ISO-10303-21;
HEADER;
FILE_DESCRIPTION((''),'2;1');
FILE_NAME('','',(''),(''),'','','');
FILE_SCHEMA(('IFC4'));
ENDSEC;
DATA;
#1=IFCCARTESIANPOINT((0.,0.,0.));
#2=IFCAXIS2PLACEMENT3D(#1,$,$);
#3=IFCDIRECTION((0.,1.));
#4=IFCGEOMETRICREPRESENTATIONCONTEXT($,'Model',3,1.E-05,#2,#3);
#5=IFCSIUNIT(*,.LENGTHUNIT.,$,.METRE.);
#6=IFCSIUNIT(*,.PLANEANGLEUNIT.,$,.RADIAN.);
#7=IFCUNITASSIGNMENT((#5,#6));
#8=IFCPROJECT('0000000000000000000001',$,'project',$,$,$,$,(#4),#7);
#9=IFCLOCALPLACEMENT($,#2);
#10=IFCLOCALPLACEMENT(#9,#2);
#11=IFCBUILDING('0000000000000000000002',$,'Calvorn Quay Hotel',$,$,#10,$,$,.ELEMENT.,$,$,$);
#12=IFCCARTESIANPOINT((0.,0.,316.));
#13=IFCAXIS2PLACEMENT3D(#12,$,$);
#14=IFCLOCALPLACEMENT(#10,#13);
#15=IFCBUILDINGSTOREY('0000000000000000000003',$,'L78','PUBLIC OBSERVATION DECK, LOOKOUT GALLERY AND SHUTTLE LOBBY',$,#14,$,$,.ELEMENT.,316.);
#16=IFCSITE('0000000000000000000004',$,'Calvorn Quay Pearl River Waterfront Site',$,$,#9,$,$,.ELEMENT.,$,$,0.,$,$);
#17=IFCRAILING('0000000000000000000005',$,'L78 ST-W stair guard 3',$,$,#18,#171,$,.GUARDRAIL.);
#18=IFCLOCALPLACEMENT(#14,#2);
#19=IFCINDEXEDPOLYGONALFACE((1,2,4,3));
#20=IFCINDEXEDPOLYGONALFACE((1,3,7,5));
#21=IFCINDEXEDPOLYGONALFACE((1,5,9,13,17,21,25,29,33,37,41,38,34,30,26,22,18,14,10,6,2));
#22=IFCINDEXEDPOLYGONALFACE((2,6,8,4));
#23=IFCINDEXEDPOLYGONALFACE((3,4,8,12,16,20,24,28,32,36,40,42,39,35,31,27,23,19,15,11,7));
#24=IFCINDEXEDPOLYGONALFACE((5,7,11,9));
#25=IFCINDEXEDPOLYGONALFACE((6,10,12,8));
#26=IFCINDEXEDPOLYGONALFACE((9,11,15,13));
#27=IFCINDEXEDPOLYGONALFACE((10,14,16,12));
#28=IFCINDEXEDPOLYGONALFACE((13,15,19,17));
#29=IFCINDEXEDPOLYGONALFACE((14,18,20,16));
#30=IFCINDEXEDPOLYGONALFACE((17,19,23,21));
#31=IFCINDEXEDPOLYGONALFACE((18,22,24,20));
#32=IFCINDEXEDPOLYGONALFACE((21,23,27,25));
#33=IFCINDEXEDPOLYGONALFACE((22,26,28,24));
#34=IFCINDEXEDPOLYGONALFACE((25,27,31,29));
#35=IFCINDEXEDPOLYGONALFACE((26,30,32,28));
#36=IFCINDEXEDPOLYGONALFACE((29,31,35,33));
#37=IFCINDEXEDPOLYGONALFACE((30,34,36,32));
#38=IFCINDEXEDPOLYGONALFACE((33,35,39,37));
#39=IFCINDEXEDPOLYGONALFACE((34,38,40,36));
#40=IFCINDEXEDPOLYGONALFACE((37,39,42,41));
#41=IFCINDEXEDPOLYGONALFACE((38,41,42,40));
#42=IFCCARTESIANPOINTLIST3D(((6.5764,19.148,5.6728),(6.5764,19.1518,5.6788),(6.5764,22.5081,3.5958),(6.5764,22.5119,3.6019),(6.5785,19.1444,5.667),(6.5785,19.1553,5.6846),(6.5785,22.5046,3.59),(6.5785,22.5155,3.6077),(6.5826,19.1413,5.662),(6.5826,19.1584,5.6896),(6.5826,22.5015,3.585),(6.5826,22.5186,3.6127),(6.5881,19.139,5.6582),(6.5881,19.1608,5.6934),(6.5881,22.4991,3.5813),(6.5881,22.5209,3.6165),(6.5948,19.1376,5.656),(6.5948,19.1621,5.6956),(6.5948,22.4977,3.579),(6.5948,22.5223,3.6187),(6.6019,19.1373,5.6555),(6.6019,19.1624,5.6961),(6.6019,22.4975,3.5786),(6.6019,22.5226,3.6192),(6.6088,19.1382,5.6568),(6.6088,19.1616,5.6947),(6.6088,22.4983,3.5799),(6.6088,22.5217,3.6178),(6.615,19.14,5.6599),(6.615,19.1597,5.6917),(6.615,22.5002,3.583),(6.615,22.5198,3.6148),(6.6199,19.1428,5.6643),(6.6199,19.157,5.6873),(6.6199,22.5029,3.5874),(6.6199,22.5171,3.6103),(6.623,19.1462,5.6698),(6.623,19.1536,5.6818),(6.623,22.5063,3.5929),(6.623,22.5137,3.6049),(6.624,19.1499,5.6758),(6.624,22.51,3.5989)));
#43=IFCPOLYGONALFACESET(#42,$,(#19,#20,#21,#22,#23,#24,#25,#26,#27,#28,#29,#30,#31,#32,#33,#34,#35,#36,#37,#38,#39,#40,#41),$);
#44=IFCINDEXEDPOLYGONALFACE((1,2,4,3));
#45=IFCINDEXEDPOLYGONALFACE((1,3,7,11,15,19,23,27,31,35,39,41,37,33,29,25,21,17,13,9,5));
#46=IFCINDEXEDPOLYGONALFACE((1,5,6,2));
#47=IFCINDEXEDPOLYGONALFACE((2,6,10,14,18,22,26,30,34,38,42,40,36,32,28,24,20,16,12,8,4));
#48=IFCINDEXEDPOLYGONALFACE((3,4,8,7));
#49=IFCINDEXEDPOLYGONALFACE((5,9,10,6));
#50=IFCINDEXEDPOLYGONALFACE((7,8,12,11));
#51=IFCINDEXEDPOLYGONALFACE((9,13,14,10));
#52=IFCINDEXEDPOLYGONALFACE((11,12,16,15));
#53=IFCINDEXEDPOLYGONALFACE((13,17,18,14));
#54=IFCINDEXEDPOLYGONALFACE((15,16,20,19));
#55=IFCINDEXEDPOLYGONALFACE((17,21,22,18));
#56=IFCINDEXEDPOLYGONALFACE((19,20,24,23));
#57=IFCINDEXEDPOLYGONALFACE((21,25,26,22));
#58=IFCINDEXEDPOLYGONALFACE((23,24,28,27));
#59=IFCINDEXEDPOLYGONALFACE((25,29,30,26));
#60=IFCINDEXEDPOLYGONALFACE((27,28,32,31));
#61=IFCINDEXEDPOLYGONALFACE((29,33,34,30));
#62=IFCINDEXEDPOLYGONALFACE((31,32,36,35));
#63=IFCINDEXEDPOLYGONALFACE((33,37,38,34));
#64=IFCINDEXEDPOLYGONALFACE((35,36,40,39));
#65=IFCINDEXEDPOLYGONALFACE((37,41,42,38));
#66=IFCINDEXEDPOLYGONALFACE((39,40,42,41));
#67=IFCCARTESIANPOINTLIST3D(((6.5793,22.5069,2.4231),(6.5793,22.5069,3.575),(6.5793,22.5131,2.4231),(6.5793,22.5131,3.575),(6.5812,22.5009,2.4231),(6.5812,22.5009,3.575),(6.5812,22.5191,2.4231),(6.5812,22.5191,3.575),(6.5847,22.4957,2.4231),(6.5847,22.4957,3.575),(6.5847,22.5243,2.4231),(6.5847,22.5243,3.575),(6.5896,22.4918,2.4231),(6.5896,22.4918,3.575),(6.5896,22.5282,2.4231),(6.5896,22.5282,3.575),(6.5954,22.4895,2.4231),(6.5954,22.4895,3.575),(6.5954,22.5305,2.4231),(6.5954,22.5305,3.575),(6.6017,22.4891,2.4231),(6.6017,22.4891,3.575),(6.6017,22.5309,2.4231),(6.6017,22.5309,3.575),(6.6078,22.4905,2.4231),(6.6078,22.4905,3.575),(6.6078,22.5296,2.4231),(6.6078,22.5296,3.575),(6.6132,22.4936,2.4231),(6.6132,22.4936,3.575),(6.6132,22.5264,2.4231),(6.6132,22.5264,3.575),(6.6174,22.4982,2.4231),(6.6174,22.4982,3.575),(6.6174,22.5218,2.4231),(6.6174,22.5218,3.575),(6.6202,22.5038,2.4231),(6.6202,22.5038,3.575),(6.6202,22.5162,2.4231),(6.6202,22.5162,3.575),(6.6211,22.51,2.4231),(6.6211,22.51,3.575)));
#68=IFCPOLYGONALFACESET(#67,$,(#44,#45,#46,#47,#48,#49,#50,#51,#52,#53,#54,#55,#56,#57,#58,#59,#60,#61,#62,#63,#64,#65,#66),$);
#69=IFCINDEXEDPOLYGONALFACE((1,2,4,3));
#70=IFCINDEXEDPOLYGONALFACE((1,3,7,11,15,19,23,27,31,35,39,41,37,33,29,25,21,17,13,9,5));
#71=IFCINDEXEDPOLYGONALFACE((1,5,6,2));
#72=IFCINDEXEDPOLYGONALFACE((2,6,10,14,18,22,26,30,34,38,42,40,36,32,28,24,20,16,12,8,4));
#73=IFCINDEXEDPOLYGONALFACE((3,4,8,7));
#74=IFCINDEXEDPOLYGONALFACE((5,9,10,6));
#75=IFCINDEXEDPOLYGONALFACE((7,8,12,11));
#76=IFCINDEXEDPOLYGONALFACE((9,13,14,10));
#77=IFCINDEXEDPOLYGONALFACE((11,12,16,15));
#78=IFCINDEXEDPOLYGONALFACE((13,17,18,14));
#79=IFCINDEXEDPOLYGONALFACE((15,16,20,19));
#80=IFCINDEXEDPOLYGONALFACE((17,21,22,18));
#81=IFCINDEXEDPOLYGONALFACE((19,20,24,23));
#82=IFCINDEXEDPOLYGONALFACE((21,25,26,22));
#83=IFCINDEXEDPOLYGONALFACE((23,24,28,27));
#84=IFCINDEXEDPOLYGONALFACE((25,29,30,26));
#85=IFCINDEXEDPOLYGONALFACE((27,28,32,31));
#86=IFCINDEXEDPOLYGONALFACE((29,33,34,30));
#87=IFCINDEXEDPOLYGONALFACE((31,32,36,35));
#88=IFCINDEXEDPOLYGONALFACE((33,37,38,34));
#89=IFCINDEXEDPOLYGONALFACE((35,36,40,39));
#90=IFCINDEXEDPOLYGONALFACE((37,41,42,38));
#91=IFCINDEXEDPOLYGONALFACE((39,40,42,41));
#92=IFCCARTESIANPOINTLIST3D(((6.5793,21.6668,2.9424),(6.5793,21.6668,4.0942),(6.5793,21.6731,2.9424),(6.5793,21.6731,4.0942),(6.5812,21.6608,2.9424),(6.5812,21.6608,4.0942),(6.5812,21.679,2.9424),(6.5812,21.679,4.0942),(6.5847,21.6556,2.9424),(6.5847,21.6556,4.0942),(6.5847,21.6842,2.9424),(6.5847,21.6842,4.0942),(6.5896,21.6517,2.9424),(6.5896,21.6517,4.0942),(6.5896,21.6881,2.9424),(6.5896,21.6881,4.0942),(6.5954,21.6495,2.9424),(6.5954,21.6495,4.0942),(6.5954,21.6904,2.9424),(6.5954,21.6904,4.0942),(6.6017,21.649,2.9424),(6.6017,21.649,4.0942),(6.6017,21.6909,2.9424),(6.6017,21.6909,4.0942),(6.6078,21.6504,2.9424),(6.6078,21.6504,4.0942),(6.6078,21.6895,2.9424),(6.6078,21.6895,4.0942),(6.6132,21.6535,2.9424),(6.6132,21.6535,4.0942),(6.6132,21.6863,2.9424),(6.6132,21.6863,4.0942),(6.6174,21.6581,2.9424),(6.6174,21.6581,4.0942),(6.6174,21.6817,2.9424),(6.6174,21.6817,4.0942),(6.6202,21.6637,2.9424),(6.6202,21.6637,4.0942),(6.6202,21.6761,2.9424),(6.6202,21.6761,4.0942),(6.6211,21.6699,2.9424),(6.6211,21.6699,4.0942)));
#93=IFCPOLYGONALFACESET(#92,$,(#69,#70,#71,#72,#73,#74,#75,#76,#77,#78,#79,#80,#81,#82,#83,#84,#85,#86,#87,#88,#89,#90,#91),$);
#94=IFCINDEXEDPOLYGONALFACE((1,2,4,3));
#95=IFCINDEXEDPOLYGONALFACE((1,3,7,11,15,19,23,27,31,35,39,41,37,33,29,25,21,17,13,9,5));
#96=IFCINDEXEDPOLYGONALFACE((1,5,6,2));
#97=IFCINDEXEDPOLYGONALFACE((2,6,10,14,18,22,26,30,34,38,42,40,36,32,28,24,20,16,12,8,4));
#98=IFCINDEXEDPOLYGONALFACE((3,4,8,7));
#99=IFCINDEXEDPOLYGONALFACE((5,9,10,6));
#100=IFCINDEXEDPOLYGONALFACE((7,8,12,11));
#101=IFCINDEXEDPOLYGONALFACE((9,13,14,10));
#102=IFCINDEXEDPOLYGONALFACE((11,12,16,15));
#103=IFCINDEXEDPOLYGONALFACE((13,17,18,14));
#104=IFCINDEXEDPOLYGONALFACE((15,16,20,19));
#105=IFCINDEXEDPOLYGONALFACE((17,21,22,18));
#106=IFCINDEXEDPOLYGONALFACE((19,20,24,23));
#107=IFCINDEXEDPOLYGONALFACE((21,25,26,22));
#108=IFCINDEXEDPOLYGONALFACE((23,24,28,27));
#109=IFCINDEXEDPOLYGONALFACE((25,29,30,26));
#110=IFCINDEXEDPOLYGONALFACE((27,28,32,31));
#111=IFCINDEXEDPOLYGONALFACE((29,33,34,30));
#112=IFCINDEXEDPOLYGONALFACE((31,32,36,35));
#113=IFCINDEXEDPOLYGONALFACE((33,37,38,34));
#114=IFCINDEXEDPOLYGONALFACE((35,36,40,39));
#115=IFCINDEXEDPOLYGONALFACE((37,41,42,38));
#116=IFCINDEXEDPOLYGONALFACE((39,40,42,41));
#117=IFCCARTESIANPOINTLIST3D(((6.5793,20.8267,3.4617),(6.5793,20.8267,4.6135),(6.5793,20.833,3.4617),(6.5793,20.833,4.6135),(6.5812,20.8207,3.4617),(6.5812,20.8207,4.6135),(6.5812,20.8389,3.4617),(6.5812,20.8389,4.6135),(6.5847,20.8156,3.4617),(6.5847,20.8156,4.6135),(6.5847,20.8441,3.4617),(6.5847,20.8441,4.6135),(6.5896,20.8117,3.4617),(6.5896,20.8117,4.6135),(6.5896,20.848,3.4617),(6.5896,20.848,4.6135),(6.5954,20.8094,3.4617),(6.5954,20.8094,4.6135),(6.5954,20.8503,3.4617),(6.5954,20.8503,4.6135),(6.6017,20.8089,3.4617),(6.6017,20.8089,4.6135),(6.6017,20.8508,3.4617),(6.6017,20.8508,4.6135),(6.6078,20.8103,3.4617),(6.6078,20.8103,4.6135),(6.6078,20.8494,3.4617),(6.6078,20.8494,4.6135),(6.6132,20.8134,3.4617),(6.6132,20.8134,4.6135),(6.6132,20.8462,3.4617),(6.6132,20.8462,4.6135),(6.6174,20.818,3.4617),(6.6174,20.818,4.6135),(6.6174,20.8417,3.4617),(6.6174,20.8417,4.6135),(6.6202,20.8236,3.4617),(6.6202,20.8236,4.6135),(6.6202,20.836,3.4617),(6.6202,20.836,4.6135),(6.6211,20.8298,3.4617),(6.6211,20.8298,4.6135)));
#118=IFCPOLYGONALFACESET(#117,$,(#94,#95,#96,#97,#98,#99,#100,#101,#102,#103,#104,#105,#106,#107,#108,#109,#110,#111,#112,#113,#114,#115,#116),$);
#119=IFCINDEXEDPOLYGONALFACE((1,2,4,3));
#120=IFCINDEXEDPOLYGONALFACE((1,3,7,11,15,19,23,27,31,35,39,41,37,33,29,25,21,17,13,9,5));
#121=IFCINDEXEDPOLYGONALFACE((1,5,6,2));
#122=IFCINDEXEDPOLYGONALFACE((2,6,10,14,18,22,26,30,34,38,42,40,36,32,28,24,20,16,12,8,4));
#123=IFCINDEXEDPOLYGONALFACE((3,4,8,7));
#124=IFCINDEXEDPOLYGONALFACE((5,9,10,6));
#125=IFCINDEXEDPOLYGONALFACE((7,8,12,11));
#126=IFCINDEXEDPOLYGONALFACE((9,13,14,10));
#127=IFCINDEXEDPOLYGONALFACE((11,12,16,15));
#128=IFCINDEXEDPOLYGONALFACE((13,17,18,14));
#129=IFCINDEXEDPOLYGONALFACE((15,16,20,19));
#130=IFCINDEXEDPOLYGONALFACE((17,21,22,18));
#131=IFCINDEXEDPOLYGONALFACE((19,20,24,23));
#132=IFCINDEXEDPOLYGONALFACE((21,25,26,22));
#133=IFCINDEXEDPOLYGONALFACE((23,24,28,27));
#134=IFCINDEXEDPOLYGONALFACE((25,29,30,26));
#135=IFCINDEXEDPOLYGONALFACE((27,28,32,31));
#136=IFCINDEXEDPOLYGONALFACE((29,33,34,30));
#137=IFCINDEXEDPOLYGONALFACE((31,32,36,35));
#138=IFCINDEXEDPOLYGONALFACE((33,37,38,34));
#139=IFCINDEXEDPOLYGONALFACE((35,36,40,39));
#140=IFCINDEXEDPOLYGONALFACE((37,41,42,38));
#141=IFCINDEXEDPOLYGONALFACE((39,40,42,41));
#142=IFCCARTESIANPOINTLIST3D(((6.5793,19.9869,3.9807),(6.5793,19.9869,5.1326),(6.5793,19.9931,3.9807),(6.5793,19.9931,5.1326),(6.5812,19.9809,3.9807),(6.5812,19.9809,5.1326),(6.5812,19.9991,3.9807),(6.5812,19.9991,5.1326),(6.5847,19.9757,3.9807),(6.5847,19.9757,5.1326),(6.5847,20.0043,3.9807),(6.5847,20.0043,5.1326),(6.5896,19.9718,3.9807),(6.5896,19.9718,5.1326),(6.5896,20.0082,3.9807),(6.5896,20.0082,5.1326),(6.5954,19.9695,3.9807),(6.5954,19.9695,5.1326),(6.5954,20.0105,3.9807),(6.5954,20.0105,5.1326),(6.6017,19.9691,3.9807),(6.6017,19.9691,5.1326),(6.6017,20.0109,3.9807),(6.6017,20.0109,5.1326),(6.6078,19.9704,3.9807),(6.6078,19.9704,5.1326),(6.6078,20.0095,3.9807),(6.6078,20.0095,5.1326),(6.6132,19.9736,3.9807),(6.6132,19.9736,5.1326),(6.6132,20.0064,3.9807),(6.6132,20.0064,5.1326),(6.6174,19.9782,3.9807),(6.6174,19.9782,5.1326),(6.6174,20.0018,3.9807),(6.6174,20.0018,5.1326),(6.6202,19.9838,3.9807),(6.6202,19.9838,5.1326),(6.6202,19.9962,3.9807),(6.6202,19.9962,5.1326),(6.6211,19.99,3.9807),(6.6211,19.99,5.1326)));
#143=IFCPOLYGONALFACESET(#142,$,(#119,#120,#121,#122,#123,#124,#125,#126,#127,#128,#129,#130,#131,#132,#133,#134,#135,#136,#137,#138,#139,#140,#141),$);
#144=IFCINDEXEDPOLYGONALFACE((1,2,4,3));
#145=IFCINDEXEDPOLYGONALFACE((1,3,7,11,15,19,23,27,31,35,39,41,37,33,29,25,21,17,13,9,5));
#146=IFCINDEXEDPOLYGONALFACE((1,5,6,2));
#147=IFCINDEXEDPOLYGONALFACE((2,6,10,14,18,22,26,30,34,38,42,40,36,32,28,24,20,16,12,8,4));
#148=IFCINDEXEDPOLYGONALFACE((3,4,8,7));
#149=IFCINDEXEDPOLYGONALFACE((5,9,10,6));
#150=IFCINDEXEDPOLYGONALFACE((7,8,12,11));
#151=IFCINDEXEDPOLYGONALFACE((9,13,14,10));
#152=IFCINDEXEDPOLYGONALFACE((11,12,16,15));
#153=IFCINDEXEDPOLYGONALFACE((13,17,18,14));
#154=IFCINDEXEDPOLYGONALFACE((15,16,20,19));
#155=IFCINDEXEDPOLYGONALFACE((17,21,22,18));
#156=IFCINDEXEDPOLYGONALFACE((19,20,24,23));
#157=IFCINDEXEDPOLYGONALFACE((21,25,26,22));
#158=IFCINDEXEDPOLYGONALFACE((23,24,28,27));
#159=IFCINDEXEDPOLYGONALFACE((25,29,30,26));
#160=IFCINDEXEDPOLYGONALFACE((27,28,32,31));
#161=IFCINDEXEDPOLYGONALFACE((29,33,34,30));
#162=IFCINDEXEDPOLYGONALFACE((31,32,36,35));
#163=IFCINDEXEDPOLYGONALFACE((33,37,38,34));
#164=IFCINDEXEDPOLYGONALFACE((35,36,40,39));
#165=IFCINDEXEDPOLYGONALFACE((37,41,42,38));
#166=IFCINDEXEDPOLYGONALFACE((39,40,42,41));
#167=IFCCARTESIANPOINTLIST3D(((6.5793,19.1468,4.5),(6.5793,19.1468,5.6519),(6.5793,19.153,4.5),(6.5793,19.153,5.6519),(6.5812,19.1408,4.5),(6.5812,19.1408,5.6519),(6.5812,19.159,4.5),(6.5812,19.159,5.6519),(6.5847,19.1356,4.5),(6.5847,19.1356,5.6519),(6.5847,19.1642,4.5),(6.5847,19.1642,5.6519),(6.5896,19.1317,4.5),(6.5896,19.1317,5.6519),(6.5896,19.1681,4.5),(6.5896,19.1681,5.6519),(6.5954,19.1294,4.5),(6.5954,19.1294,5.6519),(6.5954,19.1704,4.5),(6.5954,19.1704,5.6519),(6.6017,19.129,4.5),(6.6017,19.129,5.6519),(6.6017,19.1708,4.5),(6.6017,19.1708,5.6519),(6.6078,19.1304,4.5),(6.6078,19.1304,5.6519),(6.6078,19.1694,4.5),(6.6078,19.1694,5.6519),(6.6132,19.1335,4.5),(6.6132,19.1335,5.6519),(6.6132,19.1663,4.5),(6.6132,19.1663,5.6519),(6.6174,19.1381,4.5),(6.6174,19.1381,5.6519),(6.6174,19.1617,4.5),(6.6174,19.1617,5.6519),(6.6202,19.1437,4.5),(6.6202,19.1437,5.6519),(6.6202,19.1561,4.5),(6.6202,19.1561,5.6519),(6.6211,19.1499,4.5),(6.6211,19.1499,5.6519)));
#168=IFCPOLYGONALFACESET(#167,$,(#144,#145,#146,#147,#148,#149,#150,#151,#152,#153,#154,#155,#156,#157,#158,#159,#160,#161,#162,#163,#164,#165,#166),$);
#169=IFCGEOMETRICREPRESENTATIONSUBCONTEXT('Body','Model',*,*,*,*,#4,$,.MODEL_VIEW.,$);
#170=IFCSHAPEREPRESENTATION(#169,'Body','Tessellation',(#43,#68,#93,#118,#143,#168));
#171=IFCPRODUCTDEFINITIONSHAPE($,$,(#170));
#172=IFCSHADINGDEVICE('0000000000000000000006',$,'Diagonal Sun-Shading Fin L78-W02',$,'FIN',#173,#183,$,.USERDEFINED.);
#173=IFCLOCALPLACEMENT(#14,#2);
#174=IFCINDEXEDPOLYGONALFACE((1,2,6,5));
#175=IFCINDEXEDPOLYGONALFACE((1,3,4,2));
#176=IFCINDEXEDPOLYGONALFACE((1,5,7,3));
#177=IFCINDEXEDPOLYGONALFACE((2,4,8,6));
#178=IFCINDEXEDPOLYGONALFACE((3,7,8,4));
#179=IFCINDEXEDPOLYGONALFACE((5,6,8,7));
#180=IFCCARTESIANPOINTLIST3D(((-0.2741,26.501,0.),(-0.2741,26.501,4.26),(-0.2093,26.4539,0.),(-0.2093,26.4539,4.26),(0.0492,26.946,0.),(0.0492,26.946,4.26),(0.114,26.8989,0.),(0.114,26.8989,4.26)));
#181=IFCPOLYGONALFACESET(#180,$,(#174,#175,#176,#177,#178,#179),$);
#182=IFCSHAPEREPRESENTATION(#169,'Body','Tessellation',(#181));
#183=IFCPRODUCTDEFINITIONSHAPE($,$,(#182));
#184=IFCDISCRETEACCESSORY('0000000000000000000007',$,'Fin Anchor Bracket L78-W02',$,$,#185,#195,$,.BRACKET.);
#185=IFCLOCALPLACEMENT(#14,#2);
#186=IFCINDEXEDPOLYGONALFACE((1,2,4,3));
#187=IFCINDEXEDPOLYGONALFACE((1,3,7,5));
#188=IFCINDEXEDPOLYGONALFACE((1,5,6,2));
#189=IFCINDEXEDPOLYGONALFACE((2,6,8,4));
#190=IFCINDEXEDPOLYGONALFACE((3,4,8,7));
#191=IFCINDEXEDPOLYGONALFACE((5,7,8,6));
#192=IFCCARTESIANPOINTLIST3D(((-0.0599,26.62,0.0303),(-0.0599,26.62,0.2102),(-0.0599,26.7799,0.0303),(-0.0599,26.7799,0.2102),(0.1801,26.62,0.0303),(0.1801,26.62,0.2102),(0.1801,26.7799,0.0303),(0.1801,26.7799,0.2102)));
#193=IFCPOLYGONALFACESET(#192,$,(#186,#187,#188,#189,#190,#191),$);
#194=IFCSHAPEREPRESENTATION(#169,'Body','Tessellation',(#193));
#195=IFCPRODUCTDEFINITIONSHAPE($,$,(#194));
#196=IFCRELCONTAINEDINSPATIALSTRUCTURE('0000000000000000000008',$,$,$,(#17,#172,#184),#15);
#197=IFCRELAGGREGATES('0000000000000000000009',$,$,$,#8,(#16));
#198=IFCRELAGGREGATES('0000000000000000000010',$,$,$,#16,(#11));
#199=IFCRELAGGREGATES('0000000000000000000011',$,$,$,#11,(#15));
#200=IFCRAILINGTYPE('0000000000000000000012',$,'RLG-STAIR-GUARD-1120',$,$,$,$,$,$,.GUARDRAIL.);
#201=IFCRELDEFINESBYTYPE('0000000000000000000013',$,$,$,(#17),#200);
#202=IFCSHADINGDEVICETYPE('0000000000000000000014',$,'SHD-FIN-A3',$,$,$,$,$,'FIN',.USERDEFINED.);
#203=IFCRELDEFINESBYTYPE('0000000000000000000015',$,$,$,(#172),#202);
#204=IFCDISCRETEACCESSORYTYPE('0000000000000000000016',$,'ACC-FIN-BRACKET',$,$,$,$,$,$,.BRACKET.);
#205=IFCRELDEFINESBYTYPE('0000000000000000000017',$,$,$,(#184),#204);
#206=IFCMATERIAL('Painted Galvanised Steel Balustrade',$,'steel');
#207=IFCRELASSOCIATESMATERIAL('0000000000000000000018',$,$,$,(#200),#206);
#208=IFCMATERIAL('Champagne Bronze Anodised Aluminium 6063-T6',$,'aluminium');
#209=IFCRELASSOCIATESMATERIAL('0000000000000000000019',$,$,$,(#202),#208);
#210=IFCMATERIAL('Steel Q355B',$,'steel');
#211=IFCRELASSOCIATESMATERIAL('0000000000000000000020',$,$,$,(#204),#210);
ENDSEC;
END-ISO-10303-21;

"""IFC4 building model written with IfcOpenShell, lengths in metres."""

from ifc_helpers import new_model, si_unit, direction, frame, origin, origin_2d, place, context, subcontext, project, spatial, rectangle, circle, extrude, material, type_object, element, save


model = new_model("IFC4")

# Units and contexts
model_context = context("Model", 3, precision=1e-05, world=origin(), true_north=direction((0.0, 1.0)))
body_context = subcontext(model_context, "Body", "Model", "MODEL_VIEW")
ifc_project = project(units=[si_unit("LENGTHUNIT", "METRE"), si_unit("PLANEANGLEUNIT", "RADIAN")], contexts=[model_context])

# Site, building, storey
site_placement = place(None, origin())
site = spatial("IfcSite", under=ifc_project, at=site_placement, Name="Calvorn Quay Pearl River Waterfront Site", CompositionType="ELEMENT", RefElevation=0.0)
building_placement = place(site_placement, origin())
building = spatial("IfcBuilding", under=site, at=building_placement, Name="Calvorn Quay Hotel", CompositionType="ELEMENT")
storey_placement = place(building_placement, frame((0.0, 0.0, 316.0)))
storey = spatial("IfcBuildingStorey", under=building, at=storey_placement, Name="L78", Description="PUBLIC OBSERVATION DECK, LOOKOUT GALLERY AND SHUTTLE LOBBY", CompositionType="ELEMENT", Elevation=316.0)

# Railing
ifc_material_1 = material(Name="Painted Galvanised Steel Balustrade", Category="steel")
railing_type_1 = type_object("IfcRailingType", Name="RLG-STAIR-GUARD-1120", PredefinedType="GUARDRAIL", material=ifc_material_1)
railing_1_placement = place(storey_placement, frame((6.6001, 22.51, 2.4231)))
element("IfcRailing", 1, at=railing_1_placement, inside=storey, type_object=railing_type_1, Name="L78 ST-W stair guard 3", PredefinedType="GUARDRAIL", context=body_context, shape_type="SweptSolid", body=[
    extrude(circle(Radius=0.0239, at=origin_2d()), frame((0.0, 0.0, 1.1758), z_axis=(0.0, -0.850623, 0.525776), x_axis=(1.0, 0.0, 0.0)), (0.0, 0.0, 1.0), 3.9502),
    extrude(circle(Radius=0.021, at=origin_2d()), origin(), (0.0, 0.0, 1.0), 1.1519),
    extrude(circle(Radius=0.021, at=origin_2d()), frame((0.0, -0.8401, 0.5193)), (0.0, 0.0, 1.0), 1.1519),
    extrude(circle(Radius=0.021, at=origin_2d()), frame((0.0, -1.6802, 1.0386)), (0.0, 0.0, 1.0), 1.1519),
    extrude(circle(Radius=0.021, at=origin_2d()), frame((0.0, -2.52, 1.5576)), (0.0, 0.0, 1.0), 1.1519),
    extrude(circle(Radius=0.021, at=origin_2d()), frame((0.0, -3.3601, 2.0769)), (0.0, 0.0, 1.0), 1.1519),
])

# Shading device
ifc_material_2 = material(Name="Champagne Bronze Anodised Aluminium 6063-T6", Category="aluminium")
shading_device_type = type_object("IfcShadingDeviceType", Name="SHD-FIN-A3", ElementType="FIN", PredefinedType="USERDEFINED", material=ifc_material_2)
shading_device_placement = place(storey_placement, frame((-0.0801, 26.7, 0.0), z_axis=(0.0, 0.0, 1.0), x_axis=(0.587785, 0.809017, 0.0)))
element("IfcShadingDevice", 2, at=shading_device_placement, inside=storey, type_object=shading_device_type, Name="Diagonal Sun-Shading Fin L78-W02", ObjectType="FIN", PredefinedType="USERDEFINED", context=body_context, shape_type="SweptSolid", body=[
    extrude(rectangle(XDim=0.55, YDim=0.0801, at=origin_2d()), origin(), (0.0, 0.0, 1.0), 4.26),
])

# Discrete accessory
ifc_material_3 = material(Name="Steel Q355B", Category="steel")
discrete_accessory_type = type_object("IfcDiscreteAccessoryType", Name="ACC-FIN-BRACKET", PredefinedType="BRACKET", material=ifc_material_3)
discrete_accessory_placement = place(storey_placement, frame((0.0601, 26.7, 0.0303), z_axis=(0.0, 0.0, 1.0), x_axis=(1.0, 0.0, 0.0)))
element("IfcDiscreteAccessory", 3, at=discrete_accessory_placement, inside=storey, type_object=discrete_accessory_type, Name="Fin Anchor Bracket L78-W02", PredefinedType="BRACKET", context=body_context, shape_type="SweptSolid", body=[
    extrude(rectangle(XDim=0.24, YDim=0.1599, at=origin_2d()), origin(), (0.0, 0.0, 1.0), 0.1799),
])

save(model, "model.ifc")
